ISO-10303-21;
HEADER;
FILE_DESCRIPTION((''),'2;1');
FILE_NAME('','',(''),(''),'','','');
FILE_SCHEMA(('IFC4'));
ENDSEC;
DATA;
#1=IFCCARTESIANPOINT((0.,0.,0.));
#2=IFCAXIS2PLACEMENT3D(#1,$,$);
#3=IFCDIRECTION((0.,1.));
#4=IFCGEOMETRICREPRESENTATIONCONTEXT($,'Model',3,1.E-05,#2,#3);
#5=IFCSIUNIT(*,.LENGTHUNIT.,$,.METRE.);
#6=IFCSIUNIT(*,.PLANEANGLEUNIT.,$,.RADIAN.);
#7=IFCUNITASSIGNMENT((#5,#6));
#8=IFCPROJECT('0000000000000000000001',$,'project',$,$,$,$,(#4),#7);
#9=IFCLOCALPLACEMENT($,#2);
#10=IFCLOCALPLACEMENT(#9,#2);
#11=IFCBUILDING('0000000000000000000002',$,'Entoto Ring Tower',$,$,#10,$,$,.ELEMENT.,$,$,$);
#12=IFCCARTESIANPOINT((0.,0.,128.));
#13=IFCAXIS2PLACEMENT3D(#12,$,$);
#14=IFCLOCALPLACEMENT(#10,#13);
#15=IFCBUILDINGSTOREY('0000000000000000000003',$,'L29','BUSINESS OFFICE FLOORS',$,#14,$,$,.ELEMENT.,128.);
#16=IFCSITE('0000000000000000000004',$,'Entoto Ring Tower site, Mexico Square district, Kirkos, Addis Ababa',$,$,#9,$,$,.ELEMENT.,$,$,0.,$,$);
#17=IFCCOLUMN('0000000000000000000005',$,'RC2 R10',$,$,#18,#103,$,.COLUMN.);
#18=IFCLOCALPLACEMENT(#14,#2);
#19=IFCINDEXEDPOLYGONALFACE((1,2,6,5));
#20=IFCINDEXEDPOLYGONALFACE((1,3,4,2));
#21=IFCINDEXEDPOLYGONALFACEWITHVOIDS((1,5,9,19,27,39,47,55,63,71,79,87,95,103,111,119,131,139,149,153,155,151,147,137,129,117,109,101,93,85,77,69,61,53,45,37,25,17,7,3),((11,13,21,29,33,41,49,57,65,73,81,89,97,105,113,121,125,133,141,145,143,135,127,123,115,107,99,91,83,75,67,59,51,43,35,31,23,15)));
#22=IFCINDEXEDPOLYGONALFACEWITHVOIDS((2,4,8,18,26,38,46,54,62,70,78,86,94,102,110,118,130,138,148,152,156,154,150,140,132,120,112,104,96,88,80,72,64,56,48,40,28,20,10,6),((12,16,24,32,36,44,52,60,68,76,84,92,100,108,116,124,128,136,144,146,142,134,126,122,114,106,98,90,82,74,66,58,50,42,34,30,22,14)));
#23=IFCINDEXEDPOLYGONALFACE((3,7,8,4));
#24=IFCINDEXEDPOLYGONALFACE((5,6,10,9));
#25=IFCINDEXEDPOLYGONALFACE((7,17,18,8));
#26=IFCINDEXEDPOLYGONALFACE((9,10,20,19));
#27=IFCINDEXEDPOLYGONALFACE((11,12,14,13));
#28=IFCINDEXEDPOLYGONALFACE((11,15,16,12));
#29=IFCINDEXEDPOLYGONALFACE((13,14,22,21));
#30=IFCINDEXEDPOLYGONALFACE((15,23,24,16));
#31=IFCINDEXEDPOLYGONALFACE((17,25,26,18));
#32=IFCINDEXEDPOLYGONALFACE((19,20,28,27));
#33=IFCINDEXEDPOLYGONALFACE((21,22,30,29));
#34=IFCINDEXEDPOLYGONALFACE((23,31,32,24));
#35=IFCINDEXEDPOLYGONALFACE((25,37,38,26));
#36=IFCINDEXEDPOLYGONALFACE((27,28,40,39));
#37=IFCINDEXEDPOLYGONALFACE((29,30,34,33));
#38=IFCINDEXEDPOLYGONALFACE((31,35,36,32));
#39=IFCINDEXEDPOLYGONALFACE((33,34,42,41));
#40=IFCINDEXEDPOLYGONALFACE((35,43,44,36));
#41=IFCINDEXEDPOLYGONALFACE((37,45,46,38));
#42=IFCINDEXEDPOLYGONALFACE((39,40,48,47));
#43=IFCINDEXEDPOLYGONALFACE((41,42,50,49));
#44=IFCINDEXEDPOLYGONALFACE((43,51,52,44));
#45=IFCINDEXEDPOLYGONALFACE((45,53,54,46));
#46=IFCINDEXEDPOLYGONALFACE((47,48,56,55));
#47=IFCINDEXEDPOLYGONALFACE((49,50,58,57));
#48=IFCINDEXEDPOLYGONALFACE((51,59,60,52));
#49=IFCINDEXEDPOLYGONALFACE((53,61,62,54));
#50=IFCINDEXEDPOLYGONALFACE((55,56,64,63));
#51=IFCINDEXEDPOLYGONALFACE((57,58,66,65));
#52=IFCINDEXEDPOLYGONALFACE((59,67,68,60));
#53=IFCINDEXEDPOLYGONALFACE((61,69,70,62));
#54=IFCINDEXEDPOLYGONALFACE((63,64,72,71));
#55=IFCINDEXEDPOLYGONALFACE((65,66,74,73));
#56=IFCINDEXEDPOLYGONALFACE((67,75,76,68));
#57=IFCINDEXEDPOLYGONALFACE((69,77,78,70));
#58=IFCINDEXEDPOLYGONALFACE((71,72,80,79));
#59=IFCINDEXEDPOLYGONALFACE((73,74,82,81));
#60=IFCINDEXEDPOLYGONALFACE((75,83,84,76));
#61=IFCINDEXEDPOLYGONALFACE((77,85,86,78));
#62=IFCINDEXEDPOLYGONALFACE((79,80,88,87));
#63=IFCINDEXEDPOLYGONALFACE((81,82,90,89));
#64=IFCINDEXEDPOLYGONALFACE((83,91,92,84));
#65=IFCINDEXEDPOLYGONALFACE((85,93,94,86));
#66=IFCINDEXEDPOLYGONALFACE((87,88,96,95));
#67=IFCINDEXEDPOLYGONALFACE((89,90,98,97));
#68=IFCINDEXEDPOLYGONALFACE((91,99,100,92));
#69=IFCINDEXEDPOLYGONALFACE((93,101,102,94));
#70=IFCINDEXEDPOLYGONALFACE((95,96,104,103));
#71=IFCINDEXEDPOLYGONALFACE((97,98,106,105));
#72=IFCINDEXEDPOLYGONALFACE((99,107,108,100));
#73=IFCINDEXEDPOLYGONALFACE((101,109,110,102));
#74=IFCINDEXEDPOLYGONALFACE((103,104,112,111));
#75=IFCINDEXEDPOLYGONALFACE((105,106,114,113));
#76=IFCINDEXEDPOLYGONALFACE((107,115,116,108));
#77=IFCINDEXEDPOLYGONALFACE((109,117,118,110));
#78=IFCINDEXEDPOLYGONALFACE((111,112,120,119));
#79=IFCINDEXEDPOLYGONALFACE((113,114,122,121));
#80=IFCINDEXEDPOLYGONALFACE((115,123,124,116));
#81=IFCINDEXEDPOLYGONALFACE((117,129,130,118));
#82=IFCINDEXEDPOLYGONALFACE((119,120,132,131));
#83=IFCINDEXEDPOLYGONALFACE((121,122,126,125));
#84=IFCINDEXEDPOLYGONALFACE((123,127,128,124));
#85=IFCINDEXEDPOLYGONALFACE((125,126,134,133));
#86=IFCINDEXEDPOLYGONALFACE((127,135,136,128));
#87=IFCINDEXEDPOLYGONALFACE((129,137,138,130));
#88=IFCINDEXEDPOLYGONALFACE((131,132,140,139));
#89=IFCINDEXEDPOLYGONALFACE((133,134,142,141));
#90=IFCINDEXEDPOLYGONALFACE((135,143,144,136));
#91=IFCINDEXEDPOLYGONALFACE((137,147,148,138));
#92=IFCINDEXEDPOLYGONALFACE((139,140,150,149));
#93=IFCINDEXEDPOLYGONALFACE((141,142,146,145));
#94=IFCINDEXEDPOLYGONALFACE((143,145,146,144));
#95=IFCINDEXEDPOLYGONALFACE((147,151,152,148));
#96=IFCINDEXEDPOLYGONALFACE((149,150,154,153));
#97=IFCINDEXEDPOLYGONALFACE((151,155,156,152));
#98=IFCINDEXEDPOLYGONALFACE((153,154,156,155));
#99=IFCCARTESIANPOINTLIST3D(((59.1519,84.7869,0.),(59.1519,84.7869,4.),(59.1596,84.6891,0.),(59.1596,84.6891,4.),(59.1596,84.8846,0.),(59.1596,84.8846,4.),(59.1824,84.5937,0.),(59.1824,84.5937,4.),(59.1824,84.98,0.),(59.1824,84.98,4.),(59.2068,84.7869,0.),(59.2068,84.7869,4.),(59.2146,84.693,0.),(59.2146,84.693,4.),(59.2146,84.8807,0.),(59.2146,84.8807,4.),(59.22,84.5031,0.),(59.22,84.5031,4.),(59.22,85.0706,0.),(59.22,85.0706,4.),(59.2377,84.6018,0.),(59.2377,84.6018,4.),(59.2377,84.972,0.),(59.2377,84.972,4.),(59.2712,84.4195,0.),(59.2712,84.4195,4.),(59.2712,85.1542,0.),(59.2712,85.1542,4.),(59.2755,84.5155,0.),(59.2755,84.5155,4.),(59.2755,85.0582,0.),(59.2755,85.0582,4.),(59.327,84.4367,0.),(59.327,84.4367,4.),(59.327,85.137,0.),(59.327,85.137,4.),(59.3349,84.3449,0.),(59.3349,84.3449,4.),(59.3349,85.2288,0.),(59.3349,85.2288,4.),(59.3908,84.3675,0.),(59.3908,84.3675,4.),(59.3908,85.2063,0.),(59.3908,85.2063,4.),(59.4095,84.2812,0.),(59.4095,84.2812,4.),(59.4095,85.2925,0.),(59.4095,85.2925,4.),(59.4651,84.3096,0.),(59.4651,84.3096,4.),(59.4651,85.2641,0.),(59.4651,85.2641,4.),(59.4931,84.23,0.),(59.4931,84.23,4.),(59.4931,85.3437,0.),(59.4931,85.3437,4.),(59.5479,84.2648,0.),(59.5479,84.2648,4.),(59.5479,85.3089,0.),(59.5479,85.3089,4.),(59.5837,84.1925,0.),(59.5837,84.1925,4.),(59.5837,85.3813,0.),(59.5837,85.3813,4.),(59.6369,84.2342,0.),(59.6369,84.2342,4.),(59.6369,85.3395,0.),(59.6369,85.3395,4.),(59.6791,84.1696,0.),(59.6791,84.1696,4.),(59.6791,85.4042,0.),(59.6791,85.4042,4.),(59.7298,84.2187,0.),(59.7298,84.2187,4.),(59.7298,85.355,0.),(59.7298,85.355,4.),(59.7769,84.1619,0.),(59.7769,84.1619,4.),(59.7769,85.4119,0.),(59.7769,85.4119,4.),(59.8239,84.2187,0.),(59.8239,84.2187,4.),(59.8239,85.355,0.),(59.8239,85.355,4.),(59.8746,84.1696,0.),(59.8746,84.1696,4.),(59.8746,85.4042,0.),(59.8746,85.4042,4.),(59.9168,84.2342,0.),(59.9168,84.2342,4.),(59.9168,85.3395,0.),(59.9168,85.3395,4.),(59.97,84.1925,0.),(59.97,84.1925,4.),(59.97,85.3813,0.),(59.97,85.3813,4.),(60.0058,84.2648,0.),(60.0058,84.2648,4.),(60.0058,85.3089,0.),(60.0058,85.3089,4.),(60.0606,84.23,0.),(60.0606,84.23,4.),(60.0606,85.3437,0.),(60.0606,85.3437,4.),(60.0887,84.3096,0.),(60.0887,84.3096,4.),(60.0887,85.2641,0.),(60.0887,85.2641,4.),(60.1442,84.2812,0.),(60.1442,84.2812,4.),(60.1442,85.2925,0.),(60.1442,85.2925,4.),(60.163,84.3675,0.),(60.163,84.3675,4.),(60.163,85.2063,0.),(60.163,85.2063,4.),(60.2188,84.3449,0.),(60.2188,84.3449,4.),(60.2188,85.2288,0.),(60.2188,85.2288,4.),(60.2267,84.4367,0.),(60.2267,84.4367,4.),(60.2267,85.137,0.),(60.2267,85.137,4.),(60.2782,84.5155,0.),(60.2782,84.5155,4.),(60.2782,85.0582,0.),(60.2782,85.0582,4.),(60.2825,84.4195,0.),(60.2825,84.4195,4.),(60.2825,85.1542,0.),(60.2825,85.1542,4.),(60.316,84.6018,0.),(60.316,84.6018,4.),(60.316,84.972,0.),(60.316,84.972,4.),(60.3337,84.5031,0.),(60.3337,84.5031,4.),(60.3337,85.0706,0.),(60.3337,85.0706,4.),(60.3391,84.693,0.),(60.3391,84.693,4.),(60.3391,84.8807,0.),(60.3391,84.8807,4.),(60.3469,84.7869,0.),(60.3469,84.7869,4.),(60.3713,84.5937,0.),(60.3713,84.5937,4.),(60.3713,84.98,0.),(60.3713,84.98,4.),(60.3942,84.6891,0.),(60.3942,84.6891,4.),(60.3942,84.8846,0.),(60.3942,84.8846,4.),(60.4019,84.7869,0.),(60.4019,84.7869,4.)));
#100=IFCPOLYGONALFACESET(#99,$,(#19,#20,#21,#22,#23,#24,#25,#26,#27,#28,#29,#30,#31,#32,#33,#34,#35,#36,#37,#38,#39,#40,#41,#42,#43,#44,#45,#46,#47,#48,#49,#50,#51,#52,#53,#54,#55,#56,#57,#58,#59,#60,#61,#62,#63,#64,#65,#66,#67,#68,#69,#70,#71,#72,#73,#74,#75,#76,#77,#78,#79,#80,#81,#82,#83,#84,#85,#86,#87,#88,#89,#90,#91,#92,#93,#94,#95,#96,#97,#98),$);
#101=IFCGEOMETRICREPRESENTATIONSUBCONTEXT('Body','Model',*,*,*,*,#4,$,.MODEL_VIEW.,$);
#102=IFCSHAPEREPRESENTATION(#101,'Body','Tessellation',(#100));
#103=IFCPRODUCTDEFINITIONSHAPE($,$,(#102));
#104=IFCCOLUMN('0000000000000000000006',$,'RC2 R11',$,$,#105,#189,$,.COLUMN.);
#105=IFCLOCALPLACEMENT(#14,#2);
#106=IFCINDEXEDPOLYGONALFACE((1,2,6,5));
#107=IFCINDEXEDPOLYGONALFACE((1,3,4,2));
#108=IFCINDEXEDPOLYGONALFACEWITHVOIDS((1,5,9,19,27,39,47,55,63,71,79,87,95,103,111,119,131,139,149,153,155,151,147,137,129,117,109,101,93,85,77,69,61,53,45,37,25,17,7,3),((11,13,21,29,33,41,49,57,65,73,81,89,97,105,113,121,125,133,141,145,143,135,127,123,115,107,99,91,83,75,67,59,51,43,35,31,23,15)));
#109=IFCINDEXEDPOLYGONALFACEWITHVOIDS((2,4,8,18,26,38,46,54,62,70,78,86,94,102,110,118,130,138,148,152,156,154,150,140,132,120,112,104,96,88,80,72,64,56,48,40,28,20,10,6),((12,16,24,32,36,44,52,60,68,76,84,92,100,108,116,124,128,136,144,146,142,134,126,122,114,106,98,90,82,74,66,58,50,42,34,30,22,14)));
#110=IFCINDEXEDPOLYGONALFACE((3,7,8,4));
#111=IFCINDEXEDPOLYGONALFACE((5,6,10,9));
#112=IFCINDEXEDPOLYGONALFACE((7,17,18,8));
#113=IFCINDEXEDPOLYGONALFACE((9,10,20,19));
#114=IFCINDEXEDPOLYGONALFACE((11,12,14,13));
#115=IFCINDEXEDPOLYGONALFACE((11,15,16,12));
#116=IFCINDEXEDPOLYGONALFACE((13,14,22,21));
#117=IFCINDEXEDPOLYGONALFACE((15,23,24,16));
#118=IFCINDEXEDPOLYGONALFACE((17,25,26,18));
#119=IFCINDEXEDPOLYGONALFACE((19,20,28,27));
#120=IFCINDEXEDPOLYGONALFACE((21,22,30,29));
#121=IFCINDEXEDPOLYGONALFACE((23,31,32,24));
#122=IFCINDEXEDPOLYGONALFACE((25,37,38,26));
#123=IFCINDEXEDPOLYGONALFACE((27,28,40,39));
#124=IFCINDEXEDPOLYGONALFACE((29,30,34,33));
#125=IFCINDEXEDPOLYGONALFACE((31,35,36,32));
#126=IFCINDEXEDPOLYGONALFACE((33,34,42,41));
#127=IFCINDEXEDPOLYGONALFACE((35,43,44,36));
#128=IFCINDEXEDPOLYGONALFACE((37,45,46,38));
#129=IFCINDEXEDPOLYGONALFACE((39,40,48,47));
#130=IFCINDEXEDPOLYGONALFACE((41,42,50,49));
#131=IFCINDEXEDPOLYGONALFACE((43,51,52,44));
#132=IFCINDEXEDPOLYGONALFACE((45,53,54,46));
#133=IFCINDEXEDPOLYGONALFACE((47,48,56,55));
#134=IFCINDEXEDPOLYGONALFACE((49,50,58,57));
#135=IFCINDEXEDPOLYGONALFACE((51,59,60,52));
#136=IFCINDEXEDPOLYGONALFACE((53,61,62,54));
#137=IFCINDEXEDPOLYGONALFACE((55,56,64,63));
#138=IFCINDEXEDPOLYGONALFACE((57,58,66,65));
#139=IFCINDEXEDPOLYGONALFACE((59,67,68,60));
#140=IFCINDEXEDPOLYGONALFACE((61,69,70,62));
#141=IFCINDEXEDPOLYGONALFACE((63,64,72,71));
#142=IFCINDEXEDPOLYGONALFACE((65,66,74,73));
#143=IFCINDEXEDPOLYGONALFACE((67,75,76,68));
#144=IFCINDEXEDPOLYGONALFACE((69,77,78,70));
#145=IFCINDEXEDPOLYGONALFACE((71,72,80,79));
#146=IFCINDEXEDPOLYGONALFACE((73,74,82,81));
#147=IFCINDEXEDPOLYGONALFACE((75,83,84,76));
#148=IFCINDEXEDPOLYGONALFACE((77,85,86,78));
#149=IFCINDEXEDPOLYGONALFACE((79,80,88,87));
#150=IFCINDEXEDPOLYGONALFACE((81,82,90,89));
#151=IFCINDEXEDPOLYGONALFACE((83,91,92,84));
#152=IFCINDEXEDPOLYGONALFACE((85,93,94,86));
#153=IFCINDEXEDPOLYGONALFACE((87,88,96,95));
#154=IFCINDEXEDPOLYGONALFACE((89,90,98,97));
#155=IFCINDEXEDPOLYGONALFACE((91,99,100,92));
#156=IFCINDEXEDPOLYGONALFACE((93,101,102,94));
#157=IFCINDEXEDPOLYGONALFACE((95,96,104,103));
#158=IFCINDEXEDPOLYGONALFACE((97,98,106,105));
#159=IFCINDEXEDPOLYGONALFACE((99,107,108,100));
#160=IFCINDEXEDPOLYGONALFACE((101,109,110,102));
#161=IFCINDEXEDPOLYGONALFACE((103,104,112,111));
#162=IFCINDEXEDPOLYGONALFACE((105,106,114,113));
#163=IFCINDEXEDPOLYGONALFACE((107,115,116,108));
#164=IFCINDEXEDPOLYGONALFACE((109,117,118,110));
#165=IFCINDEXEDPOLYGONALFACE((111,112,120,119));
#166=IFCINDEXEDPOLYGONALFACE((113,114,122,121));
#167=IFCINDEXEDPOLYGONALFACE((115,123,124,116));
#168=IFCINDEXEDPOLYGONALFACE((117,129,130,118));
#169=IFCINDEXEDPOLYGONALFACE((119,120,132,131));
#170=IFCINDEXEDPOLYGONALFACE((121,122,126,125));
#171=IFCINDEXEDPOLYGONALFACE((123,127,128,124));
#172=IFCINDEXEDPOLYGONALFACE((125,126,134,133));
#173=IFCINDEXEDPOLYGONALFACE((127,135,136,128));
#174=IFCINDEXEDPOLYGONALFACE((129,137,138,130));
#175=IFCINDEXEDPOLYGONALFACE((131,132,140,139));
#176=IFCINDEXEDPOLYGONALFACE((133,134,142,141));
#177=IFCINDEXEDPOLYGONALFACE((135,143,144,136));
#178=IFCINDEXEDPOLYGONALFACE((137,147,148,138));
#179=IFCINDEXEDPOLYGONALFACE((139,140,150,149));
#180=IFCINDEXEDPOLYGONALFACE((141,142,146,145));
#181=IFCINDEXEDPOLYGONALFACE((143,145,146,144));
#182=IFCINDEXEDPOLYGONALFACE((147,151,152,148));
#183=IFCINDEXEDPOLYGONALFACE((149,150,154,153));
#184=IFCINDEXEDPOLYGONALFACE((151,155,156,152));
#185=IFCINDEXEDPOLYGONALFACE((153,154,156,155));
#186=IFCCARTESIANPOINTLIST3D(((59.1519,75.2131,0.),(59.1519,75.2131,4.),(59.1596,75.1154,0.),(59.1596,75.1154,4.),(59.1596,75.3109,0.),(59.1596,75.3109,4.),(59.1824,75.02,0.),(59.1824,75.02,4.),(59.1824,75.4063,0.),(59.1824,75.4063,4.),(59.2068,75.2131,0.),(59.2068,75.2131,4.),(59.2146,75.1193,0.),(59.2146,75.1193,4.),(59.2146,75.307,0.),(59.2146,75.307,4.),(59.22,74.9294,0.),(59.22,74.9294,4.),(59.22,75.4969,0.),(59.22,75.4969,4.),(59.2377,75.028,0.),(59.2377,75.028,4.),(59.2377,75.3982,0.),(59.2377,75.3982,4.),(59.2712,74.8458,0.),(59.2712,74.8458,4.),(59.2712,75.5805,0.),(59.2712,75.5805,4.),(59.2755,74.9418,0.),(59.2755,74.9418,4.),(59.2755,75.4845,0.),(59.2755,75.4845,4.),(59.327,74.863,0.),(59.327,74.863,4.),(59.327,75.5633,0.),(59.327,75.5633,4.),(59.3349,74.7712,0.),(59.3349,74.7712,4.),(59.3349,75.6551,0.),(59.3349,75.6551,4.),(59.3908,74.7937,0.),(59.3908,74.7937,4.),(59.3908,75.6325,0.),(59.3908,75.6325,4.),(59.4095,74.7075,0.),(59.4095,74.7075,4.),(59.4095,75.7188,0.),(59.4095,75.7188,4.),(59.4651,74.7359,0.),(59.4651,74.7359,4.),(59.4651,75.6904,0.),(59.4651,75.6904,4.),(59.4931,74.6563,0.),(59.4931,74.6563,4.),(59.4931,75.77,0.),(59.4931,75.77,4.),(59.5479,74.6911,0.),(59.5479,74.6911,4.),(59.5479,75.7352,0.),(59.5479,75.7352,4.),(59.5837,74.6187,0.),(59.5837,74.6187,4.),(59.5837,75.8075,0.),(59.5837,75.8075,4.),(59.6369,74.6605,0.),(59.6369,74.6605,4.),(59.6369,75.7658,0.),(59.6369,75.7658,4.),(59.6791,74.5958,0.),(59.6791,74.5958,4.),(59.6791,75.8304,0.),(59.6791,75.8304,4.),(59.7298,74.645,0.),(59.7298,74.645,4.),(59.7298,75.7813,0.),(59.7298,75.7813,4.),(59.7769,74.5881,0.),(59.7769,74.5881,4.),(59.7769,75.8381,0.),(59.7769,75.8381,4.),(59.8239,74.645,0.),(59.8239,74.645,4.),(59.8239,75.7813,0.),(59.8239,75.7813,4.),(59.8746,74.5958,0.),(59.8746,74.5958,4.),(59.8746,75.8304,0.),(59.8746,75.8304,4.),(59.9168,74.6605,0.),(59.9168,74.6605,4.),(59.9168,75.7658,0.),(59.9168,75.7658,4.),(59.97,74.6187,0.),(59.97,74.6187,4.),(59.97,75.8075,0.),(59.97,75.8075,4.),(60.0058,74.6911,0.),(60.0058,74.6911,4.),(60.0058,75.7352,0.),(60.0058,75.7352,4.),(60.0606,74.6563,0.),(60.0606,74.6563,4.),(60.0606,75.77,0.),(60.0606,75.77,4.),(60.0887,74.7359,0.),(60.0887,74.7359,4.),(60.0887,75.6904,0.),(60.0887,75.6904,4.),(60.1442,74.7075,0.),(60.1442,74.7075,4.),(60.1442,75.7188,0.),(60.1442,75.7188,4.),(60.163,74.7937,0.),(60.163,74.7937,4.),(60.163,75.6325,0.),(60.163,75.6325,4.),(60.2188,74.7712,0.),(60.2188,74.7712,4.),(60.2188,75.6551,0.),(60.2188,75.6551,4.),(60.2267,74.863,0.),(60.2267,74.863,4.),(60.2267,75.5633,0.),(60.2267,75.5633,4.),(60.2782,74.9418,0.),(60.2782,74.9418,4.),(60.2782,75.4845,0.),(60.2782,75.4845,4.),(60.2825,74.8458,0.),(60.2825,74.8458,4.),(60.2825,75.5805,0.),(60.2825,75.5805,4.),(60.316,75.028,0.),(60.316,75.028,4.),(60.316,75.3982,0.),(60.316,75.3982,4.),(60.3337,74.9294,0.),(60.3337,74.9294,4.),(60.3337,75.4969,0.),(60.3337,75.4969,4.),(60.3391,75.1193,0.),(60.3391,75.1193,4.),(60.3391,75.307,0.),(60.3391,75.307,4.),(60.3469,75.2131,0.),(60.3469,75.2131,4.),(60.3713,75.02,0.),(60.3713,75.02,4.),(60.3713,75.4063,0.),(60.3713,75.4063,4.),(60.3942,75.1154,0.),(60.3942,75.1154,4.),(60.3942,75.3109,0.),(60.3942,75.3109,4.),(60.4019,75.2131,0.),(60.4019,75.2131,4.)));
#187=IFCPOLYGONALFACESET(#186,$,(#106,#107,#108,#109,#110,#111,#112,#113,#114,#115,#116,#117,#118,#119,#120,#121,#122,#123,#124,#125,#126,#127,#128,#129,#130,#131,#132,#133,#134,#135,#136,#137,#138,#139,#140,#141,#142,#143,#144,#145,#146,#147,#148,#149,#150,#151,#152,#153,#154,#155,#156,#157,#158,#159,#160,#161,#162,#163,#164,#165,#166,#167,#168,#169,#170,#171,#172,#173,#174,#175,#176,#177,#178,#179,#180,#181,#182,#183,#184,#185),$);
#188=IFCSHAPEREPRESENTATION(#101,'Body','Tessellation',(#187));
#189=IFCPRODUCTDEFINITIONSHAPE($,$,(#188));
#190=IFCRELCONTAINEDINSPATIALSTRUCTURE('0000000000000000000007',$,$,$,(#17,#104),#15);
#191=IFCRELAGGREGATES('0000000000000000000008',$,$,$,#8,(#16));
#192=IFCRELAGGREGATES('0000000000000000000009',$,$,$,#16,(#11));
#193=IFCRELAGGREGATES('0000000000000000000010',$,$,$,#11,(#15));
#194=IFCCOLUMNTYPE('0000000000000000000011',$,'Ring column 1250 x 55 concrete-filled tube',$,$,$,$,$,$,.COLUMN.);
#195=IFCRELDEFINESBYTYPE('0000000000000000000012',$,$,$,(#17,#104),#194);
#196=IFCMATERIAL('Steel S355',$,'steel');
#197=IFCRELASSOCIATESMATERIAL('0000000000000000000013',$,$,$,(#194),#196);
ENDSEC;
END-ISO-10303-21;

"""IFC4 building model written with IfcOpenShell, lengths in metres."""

from ifc_helpers import new_model, si_unit, direction, frame, origin, origin_2d, place, context, subcontext, project, spatial, circle, hollow_circle, extrude, material, material_profile, profile_set, type_object, element, save


model = new_model("IFC4")

# Units and contexts
model_context = context("Model", 3, precision=1e-05, world=origin(), true_north=direction((0.0, 1.0)))
body_context = subcontext(model_context, "Body", "Model", "MODEL_VIEW")
ifc_project = project(units=[si_unit("LENGTHUNIT", "METRE"), si_unit("PLANEANGLEUNIT", "RADIAN")], contexts=[model_context])

# Site, building, storey
site_placement = place(None, origin())
site = spatial("IfcSite", under=ifc_project, at=site_placement, Name="Entoto Ring Tower site, Mexico Square district, Kirkos, Addis Ababa", CompositionType="ELEMENT", RefElevation=0.0)
building_placement = place(site_placement, origin())
building = spatial("IfcBuilding", under=site, at=building_placement, Name="Entoto Ring Tower", CompositionType="ELEMENT")
storey_placement = place(building_placement, frame((0.0, 0.0, 128.0)))
storey = spatial("IfcBuildingStorey", under=building, at=storey_placement, Name="L29", Description="BUSINESS OFFICE FLOORS", CompositionType="ELEMENT", Elevation=128.0)

# Columns
ifc_material_1 = material(Name="Steel S355", Category="steel")
ifc_material_profile_1 = material_profile(ifc_material_1, hollow_circle(Radius=0.625, WallThickness=0.0549, at=origin_2d()), Name="CHS 1250 x 55")
ifc_material_2 = material(Name="Concrete C60/75", Category="concrete")
ifc_material_profile_2 = material_profile(ifc_material_2, circle(Radius=0.5701, at=origin_2d()), Name="Concrete C60/75 infill")
ifc_profile_set_1 = profile_set([ifc_material_profile_1, ifc_material_profile_2], Name="Steel S355")
column_type = type_object("IfcColumnType", Name="Ring column 1250 x 55 concrete-filled tube", PredefinedType="COLUMN", material=ifc_profile_set_1)
for number, where, z_axis, x_axis, name in (
    (1, (59.7769, 84.7869, 0.0), (0.0, 0.0, 1.0), (1.0, 0.0, 0.0), "RC2 R10"),
    (2, (59.7769, 75.2131, 0.0), (0.0, 0.0, 1.0), (1.0, 0.0, 0.0), "RC2 R11"),
):
    element("IfcColumn", number, at=place(storey_placement, frame(where, z_axis=z_axis, x_axis=x_axis)), inside=storey, type_object=column_type, Name=name, PredefinedType="COLUMN", context=body_context, shape_type="SweptSolid", body=[
        extrude(hollow_circle(Radius=0.625, WallThickness=0.0549, at=origin_2d()), origin(), (0.0, 0.0, 1.0), 4.0),
    ])

save(model, "model.ifc")
